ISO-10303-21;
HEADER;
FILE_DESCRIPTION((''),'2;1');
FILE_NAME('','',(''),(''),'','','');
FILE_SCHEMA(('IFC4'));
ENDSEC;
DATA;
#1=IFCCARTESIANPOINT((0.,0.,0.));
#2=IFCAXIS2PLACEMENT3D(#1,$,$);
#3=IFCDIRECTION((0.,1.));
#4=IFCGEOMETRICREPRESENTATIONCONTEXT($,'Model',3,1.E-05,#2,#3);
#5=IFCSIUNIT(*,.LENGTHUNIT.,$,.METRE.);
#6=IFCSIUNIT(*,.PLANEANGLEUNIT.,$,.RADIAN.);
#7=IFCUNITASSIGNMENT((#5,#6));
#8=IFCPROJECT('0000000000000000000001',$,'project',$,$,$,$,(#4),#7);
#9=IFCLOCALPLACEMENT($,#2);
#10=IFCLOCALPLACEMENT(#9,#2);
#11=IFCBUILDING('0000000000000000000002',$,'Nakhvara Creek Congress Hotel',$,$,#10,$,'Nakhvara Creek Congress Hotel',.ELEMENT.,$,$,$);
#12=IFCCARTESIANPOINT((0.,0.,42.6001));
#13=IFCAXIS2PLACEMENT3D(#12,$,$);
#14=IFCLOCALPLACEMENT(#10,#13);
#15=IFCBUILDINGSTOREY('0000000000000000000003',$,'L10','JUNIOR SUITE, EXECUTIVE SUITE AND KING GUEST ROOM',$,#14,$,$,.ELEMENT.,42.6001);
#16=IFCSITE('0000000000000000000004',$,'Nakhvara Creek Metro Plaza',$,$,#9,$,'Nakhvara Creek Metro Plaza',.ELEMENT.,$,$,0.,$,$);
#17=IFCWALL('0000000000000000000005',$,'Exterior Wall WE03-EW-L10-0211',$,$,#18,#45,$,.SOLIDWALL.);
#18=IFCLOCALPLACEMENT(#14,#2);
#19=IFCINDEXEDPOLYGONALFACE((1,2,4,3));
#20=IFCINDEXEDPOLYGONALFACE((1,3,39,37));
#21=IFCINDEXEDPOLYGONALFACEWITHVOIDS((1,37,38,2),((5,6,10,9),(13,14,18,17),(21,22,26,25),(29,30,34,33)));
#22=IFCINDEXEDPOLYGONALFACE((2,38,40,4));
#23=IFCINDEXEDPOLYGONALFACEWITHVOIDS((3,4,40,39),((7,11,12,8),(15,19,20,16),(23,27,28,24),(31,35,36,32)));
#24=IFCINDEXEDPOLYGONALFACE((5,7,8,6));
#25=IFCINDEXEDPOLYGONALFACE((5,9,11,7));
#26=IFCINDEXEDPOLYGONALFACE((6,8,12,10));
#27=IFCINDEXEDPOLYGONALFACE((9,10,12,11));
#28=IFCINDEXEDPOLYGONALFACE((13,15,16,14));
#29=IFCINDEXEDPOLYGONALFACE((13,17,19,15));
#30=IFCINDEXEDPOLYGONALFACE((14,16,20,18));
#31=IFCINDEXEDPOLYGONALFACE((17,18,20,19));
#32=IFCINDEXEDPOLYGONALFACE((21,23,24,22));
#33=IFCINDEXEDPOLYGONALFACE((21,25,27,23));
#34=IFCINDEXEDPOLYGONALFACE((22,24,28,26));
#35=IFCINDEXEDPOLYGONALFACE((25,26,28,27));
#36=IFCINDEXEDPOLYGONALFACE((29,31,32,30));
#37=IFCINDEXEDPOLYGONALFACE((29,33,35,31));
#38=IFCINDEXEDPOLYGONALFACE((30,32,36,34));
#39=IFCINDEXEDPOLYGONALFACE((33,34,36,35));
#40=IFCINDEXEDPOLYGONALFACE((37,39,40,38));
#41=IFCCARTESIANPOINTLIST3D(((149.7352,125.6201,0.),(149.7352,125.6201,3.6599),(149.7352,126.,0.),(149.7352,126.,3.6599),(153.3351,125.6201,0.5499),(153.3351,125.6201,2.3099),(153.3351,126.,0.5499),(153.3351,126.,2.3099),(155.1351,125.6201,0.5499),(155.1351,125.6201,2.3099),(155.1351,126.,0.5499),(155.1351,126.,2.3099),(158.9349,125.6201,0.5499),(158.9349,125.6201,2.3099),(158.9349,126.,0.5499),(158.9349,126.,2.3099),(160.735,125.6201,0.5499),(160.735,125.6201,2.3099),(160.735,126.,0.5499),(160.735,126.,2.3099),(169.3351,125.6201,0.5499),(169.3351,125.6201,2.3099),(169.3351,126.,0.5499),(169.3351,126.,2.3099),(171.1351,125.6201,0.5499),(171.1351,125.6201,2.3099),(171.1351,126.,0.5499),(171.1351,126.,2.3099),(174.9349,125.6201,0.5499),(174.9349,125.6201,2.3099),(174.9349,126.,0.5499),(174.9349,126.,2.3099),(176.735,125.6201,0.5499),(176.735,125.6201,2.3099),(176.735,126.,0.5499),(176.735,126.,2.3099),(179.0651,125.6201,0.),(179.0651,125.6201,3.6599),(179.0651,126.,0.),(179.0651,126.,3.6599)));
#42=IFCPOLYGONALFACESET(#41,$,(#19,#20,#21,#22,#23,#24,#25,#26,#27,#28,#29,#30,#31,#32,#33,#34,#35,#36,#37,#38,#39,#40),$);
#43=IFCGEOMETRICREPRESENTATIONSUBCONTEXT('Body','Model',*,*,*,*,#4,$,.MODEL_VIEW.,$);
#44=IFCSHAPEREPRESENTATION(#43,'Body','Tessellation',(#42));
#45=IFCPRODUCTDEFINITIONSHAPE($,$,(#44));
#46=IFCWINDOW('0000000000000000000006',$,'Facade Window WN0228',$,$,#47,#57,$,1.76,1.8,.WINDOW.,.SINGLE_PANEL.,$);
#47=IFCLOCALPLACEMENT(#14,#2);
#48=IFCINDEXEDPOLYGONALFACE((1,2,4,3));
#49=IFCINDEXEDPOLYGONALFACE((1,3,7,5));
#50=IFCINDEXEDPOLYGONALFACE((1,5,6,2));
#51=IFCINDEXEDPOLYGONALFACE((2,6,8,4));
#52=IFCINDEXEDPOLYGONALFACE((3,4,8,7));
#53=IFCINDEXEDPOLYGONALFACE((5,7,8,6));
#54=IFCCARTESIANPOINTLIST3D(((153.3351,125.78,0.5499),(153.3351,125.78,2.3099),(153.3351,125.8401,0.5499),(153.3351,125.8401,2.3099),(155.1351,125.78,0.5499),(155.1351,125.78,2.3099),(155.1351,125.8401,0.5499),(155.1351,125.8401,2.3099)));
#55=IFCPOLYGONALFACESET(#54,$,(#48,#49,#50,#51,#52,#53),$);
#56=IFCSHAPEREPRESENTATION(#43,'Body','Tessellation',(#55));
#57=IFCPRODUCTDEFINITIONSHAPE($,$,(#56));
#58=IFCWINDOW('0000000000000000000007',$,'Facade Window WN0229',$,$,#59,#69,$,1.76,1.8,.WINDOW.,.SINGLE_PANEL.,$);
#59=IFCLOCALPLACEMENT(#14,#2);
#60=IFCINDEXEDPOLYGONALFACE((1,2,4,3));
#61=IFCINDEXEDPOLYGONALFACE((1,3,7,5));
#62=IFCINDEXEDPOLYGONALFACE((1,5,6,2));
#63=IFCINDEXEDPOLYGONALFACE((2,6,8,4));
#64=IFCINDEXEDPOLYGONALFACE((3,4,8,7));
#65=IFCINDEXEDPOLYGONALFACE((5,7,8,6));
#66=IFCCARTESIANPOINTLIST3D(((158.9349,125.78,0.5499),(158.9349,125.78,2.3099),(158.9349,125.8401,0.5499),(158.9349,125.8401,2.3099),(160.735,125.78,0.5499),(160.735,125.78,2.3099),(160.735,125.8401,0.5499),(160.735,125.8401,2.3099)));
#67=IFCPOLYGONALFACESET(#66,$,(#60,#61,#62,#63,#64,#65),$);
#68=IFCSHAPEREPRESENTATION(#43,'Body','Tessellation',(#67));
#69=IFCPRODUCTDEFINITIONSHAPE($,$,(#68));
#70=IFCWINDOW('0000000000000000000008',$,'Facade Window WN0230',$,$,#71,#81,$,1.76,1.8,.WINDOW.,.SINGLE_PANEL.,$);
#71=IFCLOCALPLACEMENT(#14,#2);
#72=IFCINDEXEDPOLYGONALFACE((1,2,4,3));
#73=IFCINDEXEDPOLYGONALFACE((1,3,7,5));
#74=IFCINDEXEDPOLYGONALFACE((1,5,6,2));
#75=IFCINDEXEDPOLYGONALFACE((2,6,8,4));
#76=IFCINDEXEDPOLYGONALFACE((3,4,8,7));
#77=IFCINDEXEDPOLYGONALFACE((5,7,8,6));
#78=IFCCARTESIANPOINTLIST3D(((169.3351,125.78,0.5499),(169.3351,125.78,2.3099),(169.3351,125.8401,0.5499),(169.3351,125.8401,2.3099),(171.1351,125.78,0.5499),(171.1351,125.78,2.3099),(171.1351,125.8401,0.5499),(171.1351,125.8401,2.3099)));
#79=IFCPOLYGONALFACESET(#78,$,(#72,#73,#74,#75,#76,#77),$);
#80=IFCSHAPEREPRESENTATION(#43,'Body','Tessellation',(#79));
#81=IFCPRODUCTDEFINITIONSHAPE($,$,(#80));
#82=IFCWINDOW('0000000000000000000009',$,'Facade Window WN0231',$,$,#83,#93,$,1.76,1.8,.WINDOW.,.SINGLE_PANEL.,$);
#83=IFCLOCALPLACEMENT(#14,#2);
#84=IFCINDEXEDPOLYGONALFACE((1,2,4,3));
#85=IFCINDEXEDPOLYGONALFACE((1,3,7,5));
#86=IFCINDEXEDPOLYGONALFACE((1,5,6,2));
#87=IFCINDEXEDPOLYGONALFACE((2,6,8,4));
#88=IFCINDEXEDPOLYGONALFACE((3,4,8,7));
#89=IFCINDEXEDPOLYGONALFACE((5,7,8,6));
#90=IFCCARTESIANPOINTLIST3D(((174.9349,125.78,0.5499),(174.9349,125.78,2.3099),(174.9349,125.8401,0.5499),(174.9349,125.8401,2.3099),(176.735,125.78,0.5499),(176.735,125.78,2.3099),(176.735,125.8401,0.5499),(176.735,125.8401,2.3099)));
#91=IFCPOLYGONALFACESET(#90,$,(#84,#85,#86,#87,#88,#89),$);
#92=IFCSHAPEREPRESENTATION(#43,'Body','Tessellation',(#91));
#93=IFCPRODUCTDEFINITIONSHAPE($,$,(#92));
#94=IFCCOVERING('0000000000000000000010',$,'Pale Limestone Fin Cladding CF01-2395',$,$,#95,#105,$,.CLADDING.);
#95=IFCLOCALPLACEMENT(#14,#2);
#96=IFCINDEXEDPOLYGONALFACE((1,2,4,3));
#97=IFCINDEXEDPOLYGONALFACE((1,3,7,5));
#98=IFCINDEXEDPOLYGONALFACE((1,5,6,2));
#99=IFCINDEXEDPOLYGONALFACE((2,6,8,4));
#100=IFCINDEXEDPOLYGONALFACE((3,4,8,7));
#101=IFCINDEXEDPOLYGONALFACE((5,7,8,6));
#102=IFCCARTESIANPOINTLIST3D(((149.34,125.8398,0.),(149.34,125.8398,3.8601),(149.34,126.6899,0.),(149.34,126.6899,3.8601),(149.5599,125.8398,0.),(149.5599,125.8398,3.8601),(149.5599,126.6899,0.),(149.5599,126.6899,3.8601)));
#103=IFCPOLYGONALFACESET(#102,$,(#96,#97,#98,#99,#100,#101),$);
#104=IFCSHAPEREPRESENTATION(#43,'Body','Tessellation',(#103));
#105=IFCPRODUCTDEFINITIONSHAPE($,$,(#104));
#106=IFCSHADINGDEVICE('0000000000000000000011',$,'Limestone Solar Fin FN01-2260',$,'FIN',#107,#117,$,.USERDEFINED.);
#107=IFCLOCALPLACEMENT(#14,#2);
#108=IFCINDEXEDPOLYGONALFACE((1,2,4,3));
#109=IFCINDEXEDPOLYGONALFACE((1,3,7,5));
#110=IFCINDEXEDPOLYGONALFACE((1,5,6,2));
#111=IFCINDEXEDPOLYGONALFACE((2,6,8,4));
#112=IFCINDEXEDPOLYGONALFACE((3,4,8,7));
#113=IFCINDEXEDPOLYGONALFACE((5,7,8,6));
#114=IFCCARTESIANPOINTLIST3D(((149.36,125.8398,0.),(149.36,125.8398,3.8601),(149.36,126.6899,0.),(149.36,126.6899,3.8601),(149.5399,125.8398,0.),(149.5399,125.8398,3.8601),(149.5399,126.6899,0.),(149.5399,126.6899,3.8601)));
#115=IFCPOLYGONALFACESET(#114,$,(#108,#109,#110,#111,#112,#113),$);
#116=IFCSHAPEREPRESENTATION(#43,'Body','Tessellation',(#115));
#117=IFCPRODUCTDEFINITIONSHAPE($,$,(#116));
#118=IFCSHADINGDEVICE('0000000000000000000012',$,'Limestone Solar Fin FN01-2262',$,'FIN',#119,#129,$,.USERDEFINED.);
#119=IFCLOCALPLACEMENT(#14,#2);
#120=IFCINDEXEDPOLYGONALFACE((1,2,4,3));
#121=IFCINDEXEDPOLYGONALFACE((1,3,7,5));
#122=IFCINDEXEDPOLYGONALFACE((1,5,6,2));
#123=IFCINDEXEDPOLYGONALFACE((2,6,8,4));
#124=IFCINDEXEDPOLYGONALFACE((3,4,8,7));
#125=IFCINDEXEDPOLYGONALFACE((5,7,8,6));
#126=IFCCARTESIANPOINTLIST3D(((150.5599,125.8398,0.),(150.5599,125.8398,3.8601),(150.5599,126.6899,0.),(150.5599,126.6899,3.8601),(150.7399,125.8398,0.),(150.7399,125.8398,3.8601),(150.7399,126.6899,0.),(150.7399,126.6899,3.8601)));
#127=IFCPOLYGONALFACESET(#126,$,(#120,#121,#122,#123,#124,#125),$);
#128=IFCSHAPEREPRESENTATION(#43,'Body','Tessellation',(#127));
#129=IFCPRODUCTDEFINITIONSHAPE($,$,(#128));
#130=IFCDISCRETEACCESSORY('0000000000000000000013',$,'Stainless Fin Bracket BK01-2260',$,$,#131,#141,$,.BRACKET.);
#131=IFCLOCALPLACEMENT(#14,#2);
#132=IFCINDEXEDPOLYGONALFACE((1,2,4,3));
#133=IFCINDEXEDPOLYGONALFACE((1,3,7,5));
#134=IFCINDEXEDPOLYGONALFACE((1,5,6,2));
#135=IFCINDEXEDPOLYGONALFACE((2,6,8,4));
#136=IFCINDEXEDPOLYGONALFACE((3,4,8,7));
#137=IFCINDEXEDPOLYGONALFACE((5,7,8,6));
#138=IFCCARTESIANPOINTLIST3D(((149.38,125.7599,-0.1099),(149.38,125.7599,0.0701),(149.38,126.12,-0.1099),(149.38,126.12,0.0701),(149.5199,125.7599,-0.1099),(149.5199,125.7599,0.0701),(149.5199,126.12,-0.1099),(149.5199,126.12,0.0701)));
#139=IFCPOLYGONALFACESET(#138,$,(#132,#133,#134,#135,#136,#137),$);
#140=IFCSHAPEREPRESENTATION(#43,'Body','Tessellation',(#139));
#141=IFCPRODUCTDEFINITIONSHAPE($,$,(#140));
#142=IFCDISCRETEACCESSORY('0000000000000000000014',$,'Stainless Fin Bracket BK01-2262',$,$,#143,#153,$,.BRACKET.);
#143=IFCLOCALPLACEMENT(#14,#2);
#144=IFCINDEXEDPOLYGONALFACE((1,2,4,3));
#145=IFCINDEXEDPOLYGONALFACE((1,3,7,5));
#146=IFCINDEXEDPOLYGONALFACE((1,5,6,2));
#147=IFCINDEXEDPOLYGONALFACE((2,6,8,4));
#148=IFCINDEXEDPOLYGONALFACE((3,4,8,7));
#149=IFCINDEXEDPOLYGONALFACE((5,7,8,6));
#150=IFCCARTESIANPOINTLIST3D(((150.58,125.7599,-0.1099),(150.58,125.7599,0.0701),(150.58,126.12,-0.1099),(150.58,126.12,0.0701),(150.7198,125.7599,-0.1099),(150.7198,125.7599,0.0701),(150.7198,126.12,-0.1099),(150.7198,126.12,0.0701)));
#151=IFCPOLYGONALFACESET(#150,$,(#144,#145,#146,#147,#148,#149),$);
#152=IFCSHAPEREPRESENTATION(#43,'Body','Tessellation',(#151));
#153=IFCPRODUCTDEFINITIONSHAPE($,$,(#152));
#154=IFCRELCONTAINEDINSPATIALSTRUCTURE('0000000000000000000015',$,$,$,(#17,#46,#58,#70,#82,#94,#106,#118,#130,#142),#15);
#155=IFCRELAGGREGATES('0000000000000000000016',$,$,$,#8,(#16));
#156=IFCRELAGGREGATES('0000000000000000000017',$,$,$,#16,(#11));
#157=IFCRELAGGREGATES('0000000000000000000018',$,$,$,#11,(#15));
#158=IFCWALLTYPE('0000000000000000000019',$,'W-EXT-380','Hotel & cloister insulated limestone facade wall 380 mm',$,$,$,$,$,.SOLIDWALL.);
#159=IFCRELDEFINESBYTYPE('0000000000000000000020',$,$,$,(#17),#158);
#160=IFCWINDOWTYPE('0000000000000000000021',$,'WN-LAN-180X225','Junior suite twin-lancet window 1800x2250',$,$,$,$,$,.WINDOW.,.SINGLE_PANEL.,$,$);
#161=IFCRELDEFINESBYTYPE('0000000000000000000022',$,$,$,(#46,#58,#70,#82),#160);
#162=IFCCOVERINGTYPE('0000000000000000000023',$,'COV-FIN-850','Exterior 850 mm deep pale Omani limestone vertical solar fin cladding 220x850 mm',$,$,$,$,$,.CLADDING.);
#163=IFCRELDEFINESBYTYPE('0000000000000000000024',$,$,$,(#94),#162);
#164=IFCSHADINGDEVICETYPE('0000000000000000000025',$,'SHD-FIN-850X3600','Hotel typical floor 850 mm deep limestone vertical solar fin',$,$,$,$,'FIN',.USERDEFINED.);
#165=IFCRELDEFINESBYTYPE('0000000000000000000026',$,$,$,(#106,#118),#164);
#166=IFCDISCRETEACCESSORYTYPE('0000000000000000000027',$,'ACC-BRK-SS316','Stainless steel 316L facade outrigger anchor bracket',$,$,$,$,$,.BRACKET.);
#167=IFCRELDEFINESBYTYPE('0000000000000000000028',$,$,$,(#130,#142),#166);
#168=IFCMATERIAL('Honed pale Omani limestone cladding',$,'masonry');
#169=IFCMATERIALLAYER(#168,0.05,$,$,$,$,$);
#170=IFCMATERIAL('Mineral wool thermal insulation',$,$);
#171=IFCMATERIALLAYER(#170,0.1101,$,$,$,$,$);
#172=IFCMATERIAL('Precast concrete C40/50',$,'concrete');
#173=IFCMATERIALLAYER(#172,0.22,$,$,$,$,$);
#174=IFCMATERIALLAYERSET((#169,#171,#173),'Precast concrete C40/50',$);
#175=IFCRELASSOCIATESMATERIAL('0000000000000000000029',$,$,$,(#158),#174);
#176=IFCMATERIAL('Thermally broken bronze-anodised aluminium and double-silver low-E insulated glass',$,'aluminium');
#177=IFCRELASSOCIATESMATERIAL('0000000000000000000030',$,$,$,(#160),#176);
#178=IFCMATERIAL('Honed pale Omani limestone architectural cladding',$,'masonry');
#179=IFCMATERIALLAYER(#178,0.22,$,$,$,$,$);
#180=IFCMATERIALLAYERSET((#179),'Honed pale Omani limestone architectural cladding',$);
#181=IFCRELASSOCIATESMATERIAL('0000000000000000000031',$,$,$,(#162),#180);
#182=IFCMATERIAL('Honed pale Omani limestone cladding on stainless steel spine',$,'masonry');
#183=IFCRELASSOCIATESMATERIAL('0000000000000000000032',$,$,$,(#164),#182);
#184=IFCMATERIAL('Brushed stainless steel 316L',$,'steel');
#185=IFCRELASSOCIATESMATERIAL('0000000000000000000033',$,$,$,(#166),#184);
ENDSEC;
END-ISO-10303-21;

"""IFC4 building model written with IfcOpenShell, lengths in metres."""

from ifc_helpers import new_model, si_unit, direction, frame, frame_2d, origin, origin_2d, place, context, subcontext, project, spatial, rectangle, extrude, material, layer, layer_set, type_object, element, fill, save


model = new_model("IFC4")

# Units and contexts
model_context = context("Model", 3, precision=1e-05, world=origin(), true_north=direction((0.0, 1.0)))
body_context = subcontext(model_context, "Body", "Model", "MODEL_VIEW")
ifc_project = project(units=[si_unit("LENGTHUNIT", "METRE"), si_unit("PLANEANGLEUNIT", "RADIAN")], contexts=[model_context])

# Site, building, storey
site_placement = place(None, origin())
site = spatial("IfcSite", under=ifc_project, at=site_placement, Name="Nakhvara Creek Metro Plaza", LongName="Nakhvara Creek Metro Plaza", CompositionType="ELEMENT", RefElevation=0.0)
building_placement = place(site_placement, origin())
building = spatial("IfcBuilding", under=site, at=building_placement, Name="Nakhvara Creek Congress Hotel", LongName="Nakhvara Creek Congress Hotel", CompositionType="ELEMENT")
storey_placement = place(building_placement, frame((0.0, 0.0, 42.6001)))
storey = spatial("IfcBuildingStorey", under=building, at=storey_placement, Name="L10", Description="JUNIOR SUITE, EXECUTIVE SUITE AND KING GUEST ROOM", CompositionType="ELEMENT", Elevation=42.6001)

# Wall, openings, windows
ifc_material_1 = material(Name="Honed pale Omani limestone cladding", Category="masonry")
ifc_layer_1 = layer(ifc_material_1, 0.05)
ifc_material_2 = material(Name="Mineral wool thermal insulation")
ifc_layer_2 = layer(ifc_material_2, 0.1101)
ifc_material_3 = material(Name="Precast concrete C40/50", Category="concrete")
ifc_layer_3 = layer(ifc_material_3, 0.22)
ifc_layer_set_1 = layer_set([ifc_layer_1, ifc_layer_2, ifc_layer_3], Name="Precast concrete C40/50")
wall_type = type_object("IfcWallType", Name="W-EXT-380", Description="Hotel & cloister insulated limestone facade wall 380 mm", PredefinedType="SOLIDWALL", material=ifc_layer_set_1)
wall_placement = place(storey_placement, frame((149.7351, 125.8101, 0.0), z_axis=(0.0, 0.0, 1.0), x_axis=(1.0, 0.0, 0.0)))
wall = element("IfcWall", 1, at=wall_placement, inside=storey, type_object=wall_type, Name="Exterior Wall WE03-EW-L10-0211", PredefinedType="SOLIDWALL", context=body_context, shape_type="SweptSolid", body=[
    extrude(rectangle(XDim=29.3298, YDim=0.3799, at=frame_2d((14.665, 0.0))), origin(), (0.0, 0.0, 1.0), 3.6599),
])
opening_1_placement = place(wall_placement, frame((3.6001, 0.0, 0.55)))
opening_1 = element("IfcOpeningElement", 2, at=opening_1_placement, cuts=wall, PredefinedType="OPENING", context=body_context, shape_type="SweptSolid", body=[
    extrude(rectangle(XDim=1.8, YDim=1.76, at=frame_2d((0.8999, 0.8799))), frame((0.0, 0.2019, 0.0), z_axis=(0.0, -1.0, 0.0), x_axis=(1.0, 0.0, 0.0)), (0.0, 0.0, 1.0), 0.4038),
])
opening_2_placement = place(wall_placement, frame((9.2, 0.0, 0.55)))
opening_2 = element("IfcOpeningElement", 3, at=opening_2_placement, cuts=wall, PredefinedType="OPENING", context=body_context, shape_type="SweptSolid", body=[
    extrude(rectangle(XDim=1.8, YDim=1.76, at=frame_2d((0.8999, 0.8799))), frame((0.0, 0.2019, 0.0), z_axis=(0.0, -1.0, 0.0), x_axis=(1.0, 0.0, 0.0)), (0.0, 0.0, 1.0), 0.4038),
])
opening_3_placement = place(wall_placement, frame((19.6001, 0.0, 0.55)))
opening_3 = element("IfcOpeningElement", 4, at=opening_3_placement, cuts=wall, PredefinedType="OPENING", context=body_context, shape_type="SweptSolid", body=[
    extrude(rectangle(XDim=1.8, YDim=1.76, at=frame_2d((0.8999, 0.8799))), frame((0.0, 0.2019, 0.0), z_axis=(0.0, -1.0, 0.0), x_axis=(1.0, 0.0, 0.0)), (0.0, 0.0, 1.0), 0.4038),
])
opening_4_placement = place(wall_placement, frame((25.2, 0.0, 0.55)))
opening_4 = element("IfcOpeningElement", 5, at=opening_4_placement, cuts=wall, PredefinedType="OPENING", context=body_context, shape_type="SweptSolid", body=[
    extrude(rectangle(XDim=1.8, YDim=1.76, at=frame_2d((0.8999, 0.8799))), frame((0.0, 0.2019, 0.0), z_axis=(0.0, -1.0, 0.0), x_axis=(1.0, 0.0, 0.0)), (0.0, 0.0, 1.0), 0.4038),
])
ifc_material_4 = material(Name="Thermally broken bronze-anodised aluminium and double-silver low-E insulated glass", Category="aluminium")
window_type = type_object("IfcWindowType", Name="WN-LAN-180X225", Description="Junior suite twin-lancet window 1800x2250", PartitioningType="SINGLE_PANEL", PredefinedType="WINDOW", material=ifc_material_4)
window_1_placement = place(opening_1_placement, origin())
window_1 = element("IfcWindow", 6, at=window_1_placement, inside=storey, type_object=window_type, Name="Facade Window WN0228", OverallHeight=1.76, OverallWidth=1.8, PartitioningType="SINGLE_PANEL", PredefinedType="WINDOW", context=body_context, shape_type="SweptSolid", body=[
    extrude(rectangle(XDim=1.8, YDim=1.76, at=frame_2d((0.8999, 0.8799))), frame((0.0, 0.03, 0.0), z_axis=(0.0, -1.0, 0.0), x_axis=(1.0, 0.0, 0.0)), (0.0, 0.0, 1.0), 0.0601),
])
fill(opening_1, window_1)
window_2_placement = place(opening_2_placement, origin())
window_2 = element("IfcWindow", 7, at=window_2_placement, inside=storey, type_object=window_type, Name="Facade Window WN0229", OverallHeight=1.76, OverallWidth=1.8, PartitioningType="SINGLE_PANEL", PredefinedType="WINDOW", context=body_context, shape_type="SweptSolid", body=[
    extrude(rectangle(XDim=1.8, YDim=1.76, at=frame_2d((0.8999, 0.8799))), frame((0.0, 0.03, 0.0), z_axis=(0.0, -1.0, 0.0), x_axis=(1.0, 0.0, 0.0)), (0.0, 0.0, 1.0), 0.0601),
])
fill(opening_2, window_2)
window_3_placement = place(opening_3_placement, origin())
window_3 = element("IfcWindow", 8, at=window_3_placement, inside=storey, type_object=window_type, Name="Facade Window WN0230", OverallHeight=1.76, OverallWidth=1.8, PartitioningType="SINGLE_PANEL", PredefinedType="WINDOW", context=body_context, shape_type="SweptSolid", body=[
    extrude(rectangle(XDim=1.8, YDim=1.76, at=frame_2d((0.8999, 0.8799))), frame((0.0, 0.03, 0.0), z_axis=(0.0, -1.0, 0.0), x_axis=(1.0, 0.0, 0.0)), (0.0, 0.0, 1.0), 0.0601),
])
fill(opening_3, window_3)
window_4_placement = place(opening_4_placement, origin())
window_4 = element("IfcWindow", 9, at=window_4_placement, inside=storey, type_object=window_type, Name="Facade Window WN0231", OverallHeight=1.76, OverallWidth=1.8, PartitioningType="SINGLE_PANEL", PredefinedType="WINDOW", context=body_context, shape_type="SweptSolid", body=[
    extrude(rectangle(XDim=1.8, YDim=1.76, at=frame_2d((0.8999, 0.8799))), frame((0.0, 0.03, 0.0), z_axis=(0.0, -1.0, 0.0), x_axis=(1.0, 0.0, 0.0)), (0.0, 0.0, 1.0), 0.0601),
])
fill(opening_4, window_4)

# Covering
ifc_material_5 = material(Name="Honed pale Omani limestone architectural cladding", Category="masonry")
ifc_layer_4 = layer(ifc_material_5, 0.22)
ifc_layer_set_2 = layer_set([ifc_layer_4], Name="Honed pale Omani limestone architectural cladding")
covering_type = type_object("IfcCoveringType", Name="COV-FIN-850", Description="Exterior 850 mm deep pale Omani limestone vertical solar fin cladding 220x850 mm", PredefinedType="CLADDING", material=ifc_layer_set_2)
covering_placement = place(storey_placement, frame((149.45, 126.2649, 0.0), z_axis=(0.0, 0.0, 1.0), x_axis=(1.0, 0.0, 0.0)))
element("IfcCovering", 10, at=covering_placement, inside=storey, type_object=covering_type, Name="Pale Limestone Fin Cladding CF01-2395", PredefinedType="CLADDING", context=body_context, shape_type="SweptSolid", body=[
    extrude(rectangle(XDim=0.22, YDim=0.8501, at=origin_2d()), origin(), (0.0, 0.0, 1.0), 3.8601),
])

# Shading devices
ifc_material_6 = material(Name="Honed pale Omani limestone cladding on stainless steel spine", Category="masonry")
shading_device_type = type_object("IfcShadingDeviceType", Name="SHD-FIN-850X3600", Description="Hotel typical floor 850 mm deep limestone vertical solar fin", ElementType="FIN", PredefinedType="USERDEFINED", material=ifc_material_6)
for number, where, z_axis, x_axis, name in (
    (11, (149.45, 126.2649, 0.0), (0.0, 0.0, 1.0), (1.0, 0.0, 0.0), "Limestone Solar Fin FN01-2260"),
    (12, (150.6499, 126.2649, 0.0), (0.0, 0.0, 1.0), (1.0, 0.0, 0.0), "Limestone Solar Fin FN01-2262"),
):
    element("IfcShadingDevice", number, at=place(storey_placement, frame(where, z_axis=z_axis, x_axis=x_axis)), inside=storey, type_object=shading_device_type, Name=name, ObjectType="FIN", PredefinedType="USERDEFINED", context=body_context, shape_type="SweptSolid", body=[
        extrude(rectangle(XDim=0.1799, YDim=0.8501, at=origin_2d()), origin(), (0.0, 0.0, 1.0), 3.8601),
    ])

# Discrete accessories
ifc_material_7 = material(Name="Brushed stainless steel 316L", Category="steel")
discrete_accessory_type = type_object("IfcDiscreteAccessoryType", Name="ACC-BRK-SS316", Description="Stainless steel 316L facade outrigger anchor bracket", PredefinedType="BRACKET", material=ifc_material_7)
for number, where, z_axis, x_axis, name in (
    (13, (149.45, 125.9399, -0.1099), (0.0, 0.0, 1.0), (1.0, 0.0, 0.0), "Stainless Fin Bracket BK01-2260"),
    (14, (150.6499, 125.9399, -0.1099), (0.0, 0.0, 1.0), (1.0, 0.0, 0.0), "Stainless Fin Bracket BK01-2262"),
):
    element("IfcDiscreteAccessory", number, at=place(storey_placement, frame(where, z_axis=z_axis, x_axis=x_axis)), inside=storey, type_object=discrete_accessory_type, Name=name, PredefinedType="BRACKET", context=body_context, shape_type="SweptSolid", body=[
        extrude(rectangle(XDim=0.1399, YDim=0.3601, at=origin_2d()), origin(), (0.0, 0.0, 1.0), 0.1799),
    ])

save(model, "model.ifc")
